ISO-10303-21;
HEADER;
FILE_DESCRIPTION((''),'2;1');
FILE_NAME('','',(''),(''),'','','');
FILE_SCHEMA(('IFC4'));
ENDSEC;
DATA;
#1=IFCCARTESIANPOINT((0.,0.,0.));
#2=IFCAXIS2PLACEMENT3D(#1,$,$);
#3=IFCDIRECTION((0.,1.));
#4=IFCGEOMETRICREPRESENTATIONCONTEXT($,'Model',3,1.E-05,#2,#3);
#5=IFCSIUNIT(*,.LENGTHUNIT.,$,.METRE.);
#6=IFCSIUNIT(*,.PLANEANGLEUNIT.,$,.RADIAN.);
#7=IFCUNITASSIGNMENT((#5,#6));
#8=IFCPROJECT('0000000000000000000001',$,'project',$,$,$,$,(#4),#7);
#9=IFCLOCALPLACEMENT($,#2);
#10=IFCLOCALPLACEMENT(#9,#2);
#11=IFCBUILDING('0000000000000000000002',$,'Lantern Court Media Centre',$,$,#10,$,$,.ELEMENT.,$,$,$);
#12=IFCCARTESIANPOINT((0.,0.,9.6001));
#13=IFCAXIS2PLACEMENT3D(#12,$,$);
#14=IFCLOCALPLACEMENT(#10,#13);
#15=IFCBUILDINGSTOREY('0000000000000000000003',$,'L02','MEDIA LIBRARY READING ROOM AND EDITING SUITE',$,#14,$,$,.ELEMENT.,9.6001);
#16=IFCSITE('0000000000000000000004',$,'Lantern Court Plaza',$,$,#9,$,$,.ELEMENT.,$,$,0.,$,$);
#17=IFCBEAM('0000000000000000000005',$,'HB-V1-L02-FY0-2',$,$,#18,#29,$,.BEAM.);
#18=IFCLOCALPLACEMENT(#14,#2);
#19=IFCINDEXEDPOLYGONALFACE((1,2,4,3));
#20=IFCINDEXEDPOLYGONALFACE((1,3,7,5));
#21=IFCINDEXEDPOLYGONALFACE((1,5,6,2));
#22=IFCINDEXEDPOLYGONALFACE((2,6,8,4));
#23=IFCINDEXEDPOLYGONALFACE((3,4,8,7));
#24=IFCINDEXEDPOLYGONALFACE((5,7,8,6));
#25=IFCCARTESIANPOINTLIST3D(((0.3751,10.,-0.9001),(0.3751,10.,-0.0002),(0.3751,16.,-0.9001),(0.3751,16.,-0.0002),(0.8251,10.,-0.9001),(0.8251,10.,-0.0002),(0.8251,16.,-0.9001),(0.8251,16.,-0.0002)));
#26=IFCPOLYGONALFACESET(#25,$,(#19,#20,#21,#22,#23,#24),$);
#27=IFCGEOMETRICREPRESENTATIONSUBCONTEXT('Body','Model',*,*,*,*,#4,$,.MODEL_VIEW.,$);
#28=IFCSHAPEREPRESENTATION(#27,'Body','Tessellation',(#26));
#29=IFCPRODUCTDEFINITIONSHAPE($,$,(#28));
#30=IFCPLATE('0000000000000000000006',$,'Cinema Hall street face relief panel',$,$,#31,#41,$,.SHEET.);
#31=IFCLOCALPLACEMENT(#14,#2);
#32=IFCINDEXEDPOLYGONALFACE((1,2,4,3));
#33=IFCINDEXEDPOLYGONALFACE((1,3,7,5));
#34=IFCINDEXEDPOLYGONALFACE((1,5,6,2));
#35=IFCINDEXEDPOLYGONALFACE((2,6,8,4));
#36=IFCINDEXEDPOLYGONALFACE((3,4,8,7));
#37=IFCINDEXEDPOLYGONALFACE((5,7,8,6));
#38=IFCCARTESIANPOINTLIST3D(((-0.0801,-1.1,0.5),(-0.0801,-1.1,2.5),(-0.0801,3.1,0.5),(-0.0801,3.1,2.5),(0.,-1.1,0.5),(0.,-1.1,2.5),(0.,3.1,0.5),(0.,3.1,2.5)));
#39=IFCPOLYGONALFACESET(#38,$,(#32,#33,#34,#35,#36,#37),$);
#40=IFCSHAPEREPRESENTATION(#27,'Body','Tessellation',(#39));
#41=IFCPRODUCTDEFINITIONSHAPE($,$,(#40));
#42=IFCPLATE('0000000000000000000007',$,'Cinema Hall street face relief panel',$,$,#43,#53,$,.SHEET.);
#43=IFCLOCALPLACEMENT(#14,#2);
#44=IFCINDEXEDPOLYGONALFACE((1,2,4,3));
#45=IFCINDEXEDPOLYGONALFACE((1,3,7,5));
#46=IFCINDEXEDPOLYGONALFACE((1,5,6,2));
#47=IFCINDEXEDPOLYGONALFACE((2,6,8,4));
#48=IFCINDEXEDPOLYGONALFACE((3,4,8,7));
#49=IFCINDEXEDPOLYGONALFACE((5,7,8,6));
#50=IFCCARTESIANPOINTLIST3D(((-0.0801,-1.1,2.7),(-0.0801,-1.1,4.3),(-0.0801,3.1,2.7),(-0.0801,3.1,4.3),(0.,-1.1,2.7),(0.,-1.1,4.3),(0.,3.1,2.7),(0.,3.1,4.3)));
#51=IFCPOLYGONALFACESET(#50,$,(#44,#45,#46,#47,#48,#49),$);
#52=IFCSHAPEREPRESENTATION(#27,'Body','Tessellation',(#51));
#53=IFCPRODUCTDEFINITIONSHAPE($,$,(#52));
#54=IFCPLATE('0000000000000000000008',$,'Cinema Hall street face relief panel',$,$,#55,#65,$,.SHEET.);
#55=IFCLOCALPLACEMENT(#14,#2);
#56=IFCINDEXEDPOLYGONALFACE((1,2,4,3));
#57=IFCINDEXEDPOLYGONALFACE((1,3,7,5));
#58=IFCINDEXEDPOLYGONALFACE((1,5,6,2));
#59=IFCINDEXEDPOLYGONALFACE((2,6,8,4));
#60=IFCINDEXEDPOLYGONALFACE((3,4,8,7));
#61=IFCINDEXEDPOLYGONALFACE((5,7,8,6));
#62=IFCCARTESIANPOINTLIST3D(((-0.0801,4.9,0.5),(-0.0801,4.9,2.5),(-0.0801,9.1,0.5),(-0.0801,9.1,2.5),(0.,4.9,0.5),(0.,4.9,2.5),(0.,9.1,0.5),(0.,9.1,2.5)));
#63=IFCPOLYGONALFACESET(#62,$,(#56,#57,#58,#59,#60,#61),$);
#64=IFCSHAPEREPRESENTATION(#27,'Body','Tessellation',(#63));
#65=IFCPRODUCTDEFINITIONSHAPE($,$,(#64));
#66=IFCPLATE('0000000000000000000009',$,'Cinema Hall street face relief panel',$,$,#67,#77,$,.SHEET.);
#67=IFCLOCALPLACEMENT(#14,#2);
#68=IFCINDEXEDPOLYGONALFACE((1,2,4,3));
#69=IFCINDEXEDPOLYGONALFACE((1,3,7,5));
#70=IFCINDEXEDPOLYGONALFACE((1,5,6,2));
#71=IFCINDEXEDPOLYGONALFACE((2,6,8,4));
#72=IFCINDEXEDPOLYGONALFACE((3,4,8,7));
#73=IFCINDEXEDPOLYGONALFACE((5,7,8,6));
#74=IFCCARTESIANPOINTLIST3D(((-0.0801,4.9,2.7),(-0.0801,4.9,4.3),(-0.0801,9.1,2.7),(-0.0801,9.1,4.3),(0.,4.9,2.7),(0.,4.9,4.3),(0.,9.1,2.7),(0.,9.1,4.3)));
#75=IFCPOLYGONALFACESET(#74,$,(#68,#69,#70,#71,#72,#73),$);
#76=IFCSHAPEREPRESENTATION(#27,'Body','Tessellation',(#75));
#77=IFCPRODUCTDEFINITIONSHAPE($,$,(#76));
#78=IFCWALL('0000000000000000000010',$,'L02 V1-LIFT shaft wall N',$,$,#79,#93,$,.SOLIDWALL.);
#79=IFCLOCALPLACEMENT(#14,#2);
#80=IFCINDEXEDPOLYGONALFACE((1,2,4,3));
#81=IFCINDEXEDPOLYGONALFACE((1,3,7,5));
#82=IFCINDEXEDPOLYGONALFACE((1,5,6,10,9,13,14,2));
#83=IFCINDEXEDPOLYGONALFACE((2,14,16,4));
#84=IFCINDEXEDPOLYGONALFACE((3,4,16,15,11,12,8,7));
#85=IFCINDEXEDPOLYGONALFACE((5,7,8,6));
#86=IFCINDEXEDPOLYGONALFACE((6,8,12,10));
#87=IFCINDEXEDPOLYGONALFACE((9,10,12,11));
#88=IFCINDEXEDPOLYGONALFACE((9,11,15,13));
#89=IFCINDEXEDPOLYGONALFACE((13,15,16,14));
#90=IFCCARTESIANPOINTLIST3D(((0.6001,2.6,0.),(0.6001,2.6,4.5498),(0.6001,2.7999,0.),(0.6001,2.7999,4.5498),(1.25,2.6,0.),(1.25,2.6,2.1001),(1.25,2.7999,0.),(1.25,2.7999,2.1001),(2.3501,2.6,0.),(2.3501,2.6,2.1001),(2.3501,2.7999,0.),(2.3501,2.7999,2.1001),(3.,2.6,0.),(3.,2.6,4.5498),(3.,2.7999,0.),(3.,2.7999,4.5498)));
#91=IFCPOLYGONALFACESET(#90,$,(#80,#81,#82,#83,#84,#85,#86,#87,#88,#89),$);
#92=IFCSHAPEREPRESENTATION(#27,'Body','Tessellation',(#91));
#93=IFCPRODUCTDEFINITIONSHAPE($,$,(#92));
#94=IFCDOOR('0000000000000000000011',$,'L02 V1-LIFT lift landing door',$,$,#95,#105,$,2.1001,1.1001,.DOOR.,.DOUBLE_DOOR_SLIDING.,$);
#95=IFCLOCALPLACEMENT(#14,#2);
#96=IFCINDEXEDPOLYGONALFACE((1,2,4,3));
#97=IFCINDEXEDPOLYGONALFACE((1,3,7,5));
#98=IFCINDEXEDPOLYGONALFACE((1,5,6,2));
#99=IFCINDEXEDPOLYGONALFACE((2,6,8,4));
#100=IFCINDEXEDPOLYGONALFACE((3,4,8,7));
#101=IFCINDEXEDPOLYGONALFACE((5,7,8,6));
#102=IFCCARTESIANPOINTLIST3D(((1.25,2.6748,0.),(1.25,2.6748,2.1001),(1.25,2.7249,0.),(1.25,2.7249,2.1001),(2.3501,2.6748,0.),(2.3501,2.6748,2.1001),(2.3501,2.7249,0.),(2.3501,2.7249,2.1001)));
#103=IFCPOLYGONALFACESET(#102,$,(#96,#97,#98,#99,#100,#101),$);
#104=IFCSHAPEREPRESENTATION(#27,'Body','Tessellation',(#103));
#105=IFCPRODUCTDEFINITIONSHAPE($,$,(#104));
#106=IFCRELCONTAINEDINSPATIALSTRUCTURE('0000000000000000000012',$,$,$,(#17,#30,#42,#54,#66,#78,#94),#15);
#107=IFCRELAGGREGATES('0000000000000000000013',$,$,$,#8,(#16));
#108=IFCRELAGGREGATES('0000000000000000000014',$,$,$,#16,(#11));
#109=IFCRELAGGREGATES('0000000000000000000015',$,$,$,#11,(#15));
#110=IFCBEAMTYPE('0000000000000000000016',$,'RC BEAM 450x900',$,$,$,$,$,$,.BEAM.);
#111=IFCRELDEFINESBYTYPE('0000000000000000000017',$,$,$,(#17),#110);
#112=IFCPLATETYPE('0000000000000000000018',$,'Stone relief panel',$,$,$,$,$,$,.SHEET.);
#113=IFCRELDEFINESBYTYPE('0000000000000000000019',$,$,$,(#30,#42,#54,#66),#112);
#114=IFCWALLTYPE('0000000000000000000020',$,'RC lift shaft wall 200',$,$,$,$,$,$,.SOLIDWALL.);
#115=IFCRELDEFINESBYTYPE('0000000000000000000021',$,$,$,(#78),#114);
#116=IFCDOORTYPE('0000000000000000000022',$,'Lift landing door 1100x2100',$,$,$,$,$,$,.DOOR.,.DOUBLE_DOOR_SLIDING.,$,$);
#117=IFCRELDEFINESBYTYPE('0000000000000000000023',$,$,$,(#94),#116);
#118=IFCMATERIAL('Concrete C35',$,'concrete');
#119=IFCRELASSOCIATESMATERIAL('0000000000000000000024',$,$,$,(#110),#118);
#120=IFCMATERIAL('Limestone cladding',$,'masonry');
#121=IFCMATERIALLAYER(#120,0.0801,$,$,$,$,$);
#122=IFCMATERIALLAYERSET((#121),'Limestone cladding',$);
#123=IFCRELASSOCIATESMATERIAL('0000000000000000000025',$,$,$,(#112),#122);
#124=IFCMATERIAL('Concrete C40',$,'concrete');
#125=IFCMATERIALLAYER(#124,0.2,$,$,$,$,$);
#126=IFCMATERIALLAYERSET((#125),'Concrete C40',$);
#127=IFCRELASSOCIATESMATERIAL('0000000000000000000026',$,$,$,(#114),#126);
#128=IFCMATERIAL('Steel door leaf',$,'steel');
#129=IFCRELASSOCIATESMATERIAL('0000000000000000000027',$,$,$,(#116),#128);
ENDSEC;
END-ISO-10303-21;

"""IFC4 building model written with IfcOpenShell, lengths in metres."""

from ifc_helpers import new_model, si_unit, direction, frame, frame_2d, origin, origin_2d, place, context, subcontext, project, spatial, rectangle, extrude, material, layer, layer_set, material_profile, profile_set, type_object, element, fill, save


model = new_model("IFC4")

# Units and contexts
model_context = context("Model", 3, precision=1e-05, world=origin(), true_north=direction((0.0, 1.0)))
body_context = subcontext(model_context, "Body", "Model", "MODEL_VIEW")
ifc_project = project(units=[si_unit("LENGTHUNIT", "METRE"), si_unit("PLANEANGLEUNIT", "RADIAN")], contexts=[model_context])

# Site, building, storey
site_placement = place(None, origin())
site = spatial("IfcSite", under=ifc_project, at=site_placement, Name="Lantern Court Plaza", CompositionType="ELEMENT", RefElevation=0.0)
building_placement = place(site_placement, origin())
building = spatial("IfcBuilding", under=site, at=building_placement, Name="Lantern Court Media Centre", CompositionType="ELEMENT")
storey_placement = place(building_placement, frame((0.0, 0.0, 9.6001)))
storey = spatial("IfcBuildingStorey", under=building, at=storey_placement, Name="L02", Description="MEDIA LIBRARY READING ROOM AND EDITING SUITE", CompositionType="ELEMENT", Elevation=9.6001)

# Shared definitions
ifc_material_1 = material(Name="Concrete C35", Category="concrete")

# Beam
ifc_material_profile_1 = material_profile(ifc_material_1, rectangle(XDim=0.45, YDim=0.8999, at=origin_2d()), Name="RC 450x900")
ifc_profile_set_1 = profile_set([ifc_material_profile_1], Name="Concrete C35")
beam_type = type_object("IfcBeamType", Name="RC BEAM 450x900", PredefinedType="BEAM", material=ifc_profile_set_1)
for number, where, z_axis, x_axis, name in (
    (1, (0.6001, 10.0, -0.4502), (0.0, 1.0, 0.0), (-1.0, 0.0, 0.0), "HB-V1-L02-FY0-2"),
):
    element("IfcBeam", number, at=place(storey_placement, frame(where, z_axis=z_axis, x_axis=x_axis)), inside=storey, type_object=beam_type, Name=name, PredefinedType="BEAM", context=body_context, shape_type="SweptSolid", body=[
        extrude(rectangle(XDim=0.45, YDim=0.8999, at=origin_2d()), origin(), (0.0, 0.0, 1.0), 6.0),
    ])

# Plates
ifc_material_2 = material(Name="Limestone cladding", Category="masonry")
ifc_layer_1 = layer(ifc_material_2, 0.0801)
ifc_layer_set_1 = layer_set([ifc_layer_1], Name="Limestone cladding")
plate_type = type_object("IfcPlateType", Name="Stone relief panel", PredefinedType="SHEET", material=ifc_layer_set_1)
plate_1_placement = place(storey_placement, frame((-0.04, 1.0, 0.5), z_axis=(0.0, 0.0, 1.0), x_axis=(1.0, 0.0, 0.0)))
element("IfcPlate", 2, at=plate_1_placement, inside=storey, type_object=plate_type, Name="Cinema Hall street face relief panel", PredefinedType="SHEET", context=body_context, shape_type="SweptSolid", body=[
    extrude(rectangle(XDim=0.0801, YDim=4.2, at=origin_2d()), origin(), (0.0, 0.0, 1.0), 2.0),
])
plate_2_placement = place(storey_placement, frame((-0.04, 1.0, 2.7), z_axis=(0.0, 0.0, 1.0), x_axis=(1.0, 0.0, 0.0)))
element("IfcPlate", 3, at=plate_2_placement, inside=storey, type_object=plate_type, Name="Cinema Hall street face relief panel", PredefinedType="SHEET", context=body_context, shape_type="SweptSolid", body=[
    extrude(rectangle(XDim=0.0801, YDim=4.2, at=origin_2d()), origin(), (0.0, 0.0, 1.0), 1.6001),
])
plate_3_placement = place(storey_placement, frame((-0.04, 7.0, 0.5), z_axis=(0.0, 0.0, 1.0), x_axis=(1.0, 0.0, 0.0)))
element("IfcPlate", 4, at=plate_3_placement, inside=storey, type_object=plate_type, Name="Cinema Hall street face relief panel", PredefinedType="SHEET", context=body_context, shape_type="SweptSolid", body=[
    extrude(rectangle(XDim=0.0801, YDim=4.2, at=origin_2d()), origin(), (0.0, 0.0, 1.0), 2.0),
])
plate_4_placement = place(storey_placement, frame((-0.04, 7.0, 2.7), z_axis=(0.0, 0.0, 1.0), x_axis=(1.0, 0.0, 0.0)))
element("IfcPlate", 5, at=plate_4_placement, inside=storey, type_object=plate_type, Name="Cinema Hall street face relief panel", PredefinedType="SHEET", context=body_context, shape_type="SweptSolid", body=[
    extrude(rectangle(XDim=0.0801, YDim=4.2, at=origin_2d()), origin(), (0.0, 0.0, 1.0), 1.6001),
])

# Wall, opening, door
ifc_material_3 = material(Name="Concrete C40", Category="concrete")
ifc_layer_2 = layer(ifc_material_3, 0.2)
ifc_layer_set_2 = layer_set([ifc_layer_2], Name="Concrete C40")
wall_type = type_object("IfcWallType", Name="RC lift shaft wall 200", PredefinedType="SOLIDWALL", material=ifc_layer_set_2)
wall_placement = place(storey_placement, frame((0.6001, 2.7, 0.0), z_axis=(0.0, 0.0, 1.0), x_axis=(1.0, 0.0, 0.0)))
wall = element("IfcWall", 6, at=wall_placement, inside=storey, type_object=wall_type, Name="L02 V1-LIFT shaft wall N", PredefinedType="SOLIDWALL", context=body_context, shape_type="SweptSolid", body=[
    extrude(rectangle(XDim=2.3999, YDim=0.2, at=frame_2d((1.2, 0.0))), origin(), (0.0, 0.0, 1.0), 4.5498),
])
opening_placement = place(wall_placement, frame((0.6499, 0.0, 0.0)))
opening = element("IfcOpeningElement", 7, at=opening_placement, cuts=wall, PredefinedType="OPENING", context=body_context, shape_type="SweptSolid", body=[
    extrude(rectangle(XDim=1.1001, YDim=2.1001, at=frame_2d((0.55, 1.05))), frame((0.0, 0.1099, 0.0), z_axis=(0.0, -1.0, 0.0), x_axis=(1.0, 0.0, 0.0)), (0.0, 0.0, 1.0), 0.22),
])
ifc_material_4 = material(Name="Steel door leaf", Category="steel")
door_type = type_object("IfcDoorType", Name="Lift landing door 1100x2100", OperationType="DOUBLE_DOOR_SLIDING", PredefinedType="DOOR", material=ifc_material_4)
door_placement = place(opening_placement, origin())
door = element("IfcDoor", 8, at=door_placement, inside=storey, type_object=door_type, Name="L02 V1-LIFT lift landing door", OperationType="DOUBLE_DOOR_SLIDING", OverallHeight=2.1001, OverallWidth=1.1001, PredefinedType="DOOR", context=body_context, shape_type="SweptSolid", body=[
    extrude(rectangle(XDim=1.1001, YDim=2.1001, at=frame_2d((0.55, 1.05))), frame((0.0, 0.0249, 0.0), z_axis=(0.0, -1.0, 0.0), x_axis=(1.0, 0.0, 0.0)), (0.0, 0.0, 1.0), 0.05),
])
fill(opening, door)

save(model, "model.ifc")
